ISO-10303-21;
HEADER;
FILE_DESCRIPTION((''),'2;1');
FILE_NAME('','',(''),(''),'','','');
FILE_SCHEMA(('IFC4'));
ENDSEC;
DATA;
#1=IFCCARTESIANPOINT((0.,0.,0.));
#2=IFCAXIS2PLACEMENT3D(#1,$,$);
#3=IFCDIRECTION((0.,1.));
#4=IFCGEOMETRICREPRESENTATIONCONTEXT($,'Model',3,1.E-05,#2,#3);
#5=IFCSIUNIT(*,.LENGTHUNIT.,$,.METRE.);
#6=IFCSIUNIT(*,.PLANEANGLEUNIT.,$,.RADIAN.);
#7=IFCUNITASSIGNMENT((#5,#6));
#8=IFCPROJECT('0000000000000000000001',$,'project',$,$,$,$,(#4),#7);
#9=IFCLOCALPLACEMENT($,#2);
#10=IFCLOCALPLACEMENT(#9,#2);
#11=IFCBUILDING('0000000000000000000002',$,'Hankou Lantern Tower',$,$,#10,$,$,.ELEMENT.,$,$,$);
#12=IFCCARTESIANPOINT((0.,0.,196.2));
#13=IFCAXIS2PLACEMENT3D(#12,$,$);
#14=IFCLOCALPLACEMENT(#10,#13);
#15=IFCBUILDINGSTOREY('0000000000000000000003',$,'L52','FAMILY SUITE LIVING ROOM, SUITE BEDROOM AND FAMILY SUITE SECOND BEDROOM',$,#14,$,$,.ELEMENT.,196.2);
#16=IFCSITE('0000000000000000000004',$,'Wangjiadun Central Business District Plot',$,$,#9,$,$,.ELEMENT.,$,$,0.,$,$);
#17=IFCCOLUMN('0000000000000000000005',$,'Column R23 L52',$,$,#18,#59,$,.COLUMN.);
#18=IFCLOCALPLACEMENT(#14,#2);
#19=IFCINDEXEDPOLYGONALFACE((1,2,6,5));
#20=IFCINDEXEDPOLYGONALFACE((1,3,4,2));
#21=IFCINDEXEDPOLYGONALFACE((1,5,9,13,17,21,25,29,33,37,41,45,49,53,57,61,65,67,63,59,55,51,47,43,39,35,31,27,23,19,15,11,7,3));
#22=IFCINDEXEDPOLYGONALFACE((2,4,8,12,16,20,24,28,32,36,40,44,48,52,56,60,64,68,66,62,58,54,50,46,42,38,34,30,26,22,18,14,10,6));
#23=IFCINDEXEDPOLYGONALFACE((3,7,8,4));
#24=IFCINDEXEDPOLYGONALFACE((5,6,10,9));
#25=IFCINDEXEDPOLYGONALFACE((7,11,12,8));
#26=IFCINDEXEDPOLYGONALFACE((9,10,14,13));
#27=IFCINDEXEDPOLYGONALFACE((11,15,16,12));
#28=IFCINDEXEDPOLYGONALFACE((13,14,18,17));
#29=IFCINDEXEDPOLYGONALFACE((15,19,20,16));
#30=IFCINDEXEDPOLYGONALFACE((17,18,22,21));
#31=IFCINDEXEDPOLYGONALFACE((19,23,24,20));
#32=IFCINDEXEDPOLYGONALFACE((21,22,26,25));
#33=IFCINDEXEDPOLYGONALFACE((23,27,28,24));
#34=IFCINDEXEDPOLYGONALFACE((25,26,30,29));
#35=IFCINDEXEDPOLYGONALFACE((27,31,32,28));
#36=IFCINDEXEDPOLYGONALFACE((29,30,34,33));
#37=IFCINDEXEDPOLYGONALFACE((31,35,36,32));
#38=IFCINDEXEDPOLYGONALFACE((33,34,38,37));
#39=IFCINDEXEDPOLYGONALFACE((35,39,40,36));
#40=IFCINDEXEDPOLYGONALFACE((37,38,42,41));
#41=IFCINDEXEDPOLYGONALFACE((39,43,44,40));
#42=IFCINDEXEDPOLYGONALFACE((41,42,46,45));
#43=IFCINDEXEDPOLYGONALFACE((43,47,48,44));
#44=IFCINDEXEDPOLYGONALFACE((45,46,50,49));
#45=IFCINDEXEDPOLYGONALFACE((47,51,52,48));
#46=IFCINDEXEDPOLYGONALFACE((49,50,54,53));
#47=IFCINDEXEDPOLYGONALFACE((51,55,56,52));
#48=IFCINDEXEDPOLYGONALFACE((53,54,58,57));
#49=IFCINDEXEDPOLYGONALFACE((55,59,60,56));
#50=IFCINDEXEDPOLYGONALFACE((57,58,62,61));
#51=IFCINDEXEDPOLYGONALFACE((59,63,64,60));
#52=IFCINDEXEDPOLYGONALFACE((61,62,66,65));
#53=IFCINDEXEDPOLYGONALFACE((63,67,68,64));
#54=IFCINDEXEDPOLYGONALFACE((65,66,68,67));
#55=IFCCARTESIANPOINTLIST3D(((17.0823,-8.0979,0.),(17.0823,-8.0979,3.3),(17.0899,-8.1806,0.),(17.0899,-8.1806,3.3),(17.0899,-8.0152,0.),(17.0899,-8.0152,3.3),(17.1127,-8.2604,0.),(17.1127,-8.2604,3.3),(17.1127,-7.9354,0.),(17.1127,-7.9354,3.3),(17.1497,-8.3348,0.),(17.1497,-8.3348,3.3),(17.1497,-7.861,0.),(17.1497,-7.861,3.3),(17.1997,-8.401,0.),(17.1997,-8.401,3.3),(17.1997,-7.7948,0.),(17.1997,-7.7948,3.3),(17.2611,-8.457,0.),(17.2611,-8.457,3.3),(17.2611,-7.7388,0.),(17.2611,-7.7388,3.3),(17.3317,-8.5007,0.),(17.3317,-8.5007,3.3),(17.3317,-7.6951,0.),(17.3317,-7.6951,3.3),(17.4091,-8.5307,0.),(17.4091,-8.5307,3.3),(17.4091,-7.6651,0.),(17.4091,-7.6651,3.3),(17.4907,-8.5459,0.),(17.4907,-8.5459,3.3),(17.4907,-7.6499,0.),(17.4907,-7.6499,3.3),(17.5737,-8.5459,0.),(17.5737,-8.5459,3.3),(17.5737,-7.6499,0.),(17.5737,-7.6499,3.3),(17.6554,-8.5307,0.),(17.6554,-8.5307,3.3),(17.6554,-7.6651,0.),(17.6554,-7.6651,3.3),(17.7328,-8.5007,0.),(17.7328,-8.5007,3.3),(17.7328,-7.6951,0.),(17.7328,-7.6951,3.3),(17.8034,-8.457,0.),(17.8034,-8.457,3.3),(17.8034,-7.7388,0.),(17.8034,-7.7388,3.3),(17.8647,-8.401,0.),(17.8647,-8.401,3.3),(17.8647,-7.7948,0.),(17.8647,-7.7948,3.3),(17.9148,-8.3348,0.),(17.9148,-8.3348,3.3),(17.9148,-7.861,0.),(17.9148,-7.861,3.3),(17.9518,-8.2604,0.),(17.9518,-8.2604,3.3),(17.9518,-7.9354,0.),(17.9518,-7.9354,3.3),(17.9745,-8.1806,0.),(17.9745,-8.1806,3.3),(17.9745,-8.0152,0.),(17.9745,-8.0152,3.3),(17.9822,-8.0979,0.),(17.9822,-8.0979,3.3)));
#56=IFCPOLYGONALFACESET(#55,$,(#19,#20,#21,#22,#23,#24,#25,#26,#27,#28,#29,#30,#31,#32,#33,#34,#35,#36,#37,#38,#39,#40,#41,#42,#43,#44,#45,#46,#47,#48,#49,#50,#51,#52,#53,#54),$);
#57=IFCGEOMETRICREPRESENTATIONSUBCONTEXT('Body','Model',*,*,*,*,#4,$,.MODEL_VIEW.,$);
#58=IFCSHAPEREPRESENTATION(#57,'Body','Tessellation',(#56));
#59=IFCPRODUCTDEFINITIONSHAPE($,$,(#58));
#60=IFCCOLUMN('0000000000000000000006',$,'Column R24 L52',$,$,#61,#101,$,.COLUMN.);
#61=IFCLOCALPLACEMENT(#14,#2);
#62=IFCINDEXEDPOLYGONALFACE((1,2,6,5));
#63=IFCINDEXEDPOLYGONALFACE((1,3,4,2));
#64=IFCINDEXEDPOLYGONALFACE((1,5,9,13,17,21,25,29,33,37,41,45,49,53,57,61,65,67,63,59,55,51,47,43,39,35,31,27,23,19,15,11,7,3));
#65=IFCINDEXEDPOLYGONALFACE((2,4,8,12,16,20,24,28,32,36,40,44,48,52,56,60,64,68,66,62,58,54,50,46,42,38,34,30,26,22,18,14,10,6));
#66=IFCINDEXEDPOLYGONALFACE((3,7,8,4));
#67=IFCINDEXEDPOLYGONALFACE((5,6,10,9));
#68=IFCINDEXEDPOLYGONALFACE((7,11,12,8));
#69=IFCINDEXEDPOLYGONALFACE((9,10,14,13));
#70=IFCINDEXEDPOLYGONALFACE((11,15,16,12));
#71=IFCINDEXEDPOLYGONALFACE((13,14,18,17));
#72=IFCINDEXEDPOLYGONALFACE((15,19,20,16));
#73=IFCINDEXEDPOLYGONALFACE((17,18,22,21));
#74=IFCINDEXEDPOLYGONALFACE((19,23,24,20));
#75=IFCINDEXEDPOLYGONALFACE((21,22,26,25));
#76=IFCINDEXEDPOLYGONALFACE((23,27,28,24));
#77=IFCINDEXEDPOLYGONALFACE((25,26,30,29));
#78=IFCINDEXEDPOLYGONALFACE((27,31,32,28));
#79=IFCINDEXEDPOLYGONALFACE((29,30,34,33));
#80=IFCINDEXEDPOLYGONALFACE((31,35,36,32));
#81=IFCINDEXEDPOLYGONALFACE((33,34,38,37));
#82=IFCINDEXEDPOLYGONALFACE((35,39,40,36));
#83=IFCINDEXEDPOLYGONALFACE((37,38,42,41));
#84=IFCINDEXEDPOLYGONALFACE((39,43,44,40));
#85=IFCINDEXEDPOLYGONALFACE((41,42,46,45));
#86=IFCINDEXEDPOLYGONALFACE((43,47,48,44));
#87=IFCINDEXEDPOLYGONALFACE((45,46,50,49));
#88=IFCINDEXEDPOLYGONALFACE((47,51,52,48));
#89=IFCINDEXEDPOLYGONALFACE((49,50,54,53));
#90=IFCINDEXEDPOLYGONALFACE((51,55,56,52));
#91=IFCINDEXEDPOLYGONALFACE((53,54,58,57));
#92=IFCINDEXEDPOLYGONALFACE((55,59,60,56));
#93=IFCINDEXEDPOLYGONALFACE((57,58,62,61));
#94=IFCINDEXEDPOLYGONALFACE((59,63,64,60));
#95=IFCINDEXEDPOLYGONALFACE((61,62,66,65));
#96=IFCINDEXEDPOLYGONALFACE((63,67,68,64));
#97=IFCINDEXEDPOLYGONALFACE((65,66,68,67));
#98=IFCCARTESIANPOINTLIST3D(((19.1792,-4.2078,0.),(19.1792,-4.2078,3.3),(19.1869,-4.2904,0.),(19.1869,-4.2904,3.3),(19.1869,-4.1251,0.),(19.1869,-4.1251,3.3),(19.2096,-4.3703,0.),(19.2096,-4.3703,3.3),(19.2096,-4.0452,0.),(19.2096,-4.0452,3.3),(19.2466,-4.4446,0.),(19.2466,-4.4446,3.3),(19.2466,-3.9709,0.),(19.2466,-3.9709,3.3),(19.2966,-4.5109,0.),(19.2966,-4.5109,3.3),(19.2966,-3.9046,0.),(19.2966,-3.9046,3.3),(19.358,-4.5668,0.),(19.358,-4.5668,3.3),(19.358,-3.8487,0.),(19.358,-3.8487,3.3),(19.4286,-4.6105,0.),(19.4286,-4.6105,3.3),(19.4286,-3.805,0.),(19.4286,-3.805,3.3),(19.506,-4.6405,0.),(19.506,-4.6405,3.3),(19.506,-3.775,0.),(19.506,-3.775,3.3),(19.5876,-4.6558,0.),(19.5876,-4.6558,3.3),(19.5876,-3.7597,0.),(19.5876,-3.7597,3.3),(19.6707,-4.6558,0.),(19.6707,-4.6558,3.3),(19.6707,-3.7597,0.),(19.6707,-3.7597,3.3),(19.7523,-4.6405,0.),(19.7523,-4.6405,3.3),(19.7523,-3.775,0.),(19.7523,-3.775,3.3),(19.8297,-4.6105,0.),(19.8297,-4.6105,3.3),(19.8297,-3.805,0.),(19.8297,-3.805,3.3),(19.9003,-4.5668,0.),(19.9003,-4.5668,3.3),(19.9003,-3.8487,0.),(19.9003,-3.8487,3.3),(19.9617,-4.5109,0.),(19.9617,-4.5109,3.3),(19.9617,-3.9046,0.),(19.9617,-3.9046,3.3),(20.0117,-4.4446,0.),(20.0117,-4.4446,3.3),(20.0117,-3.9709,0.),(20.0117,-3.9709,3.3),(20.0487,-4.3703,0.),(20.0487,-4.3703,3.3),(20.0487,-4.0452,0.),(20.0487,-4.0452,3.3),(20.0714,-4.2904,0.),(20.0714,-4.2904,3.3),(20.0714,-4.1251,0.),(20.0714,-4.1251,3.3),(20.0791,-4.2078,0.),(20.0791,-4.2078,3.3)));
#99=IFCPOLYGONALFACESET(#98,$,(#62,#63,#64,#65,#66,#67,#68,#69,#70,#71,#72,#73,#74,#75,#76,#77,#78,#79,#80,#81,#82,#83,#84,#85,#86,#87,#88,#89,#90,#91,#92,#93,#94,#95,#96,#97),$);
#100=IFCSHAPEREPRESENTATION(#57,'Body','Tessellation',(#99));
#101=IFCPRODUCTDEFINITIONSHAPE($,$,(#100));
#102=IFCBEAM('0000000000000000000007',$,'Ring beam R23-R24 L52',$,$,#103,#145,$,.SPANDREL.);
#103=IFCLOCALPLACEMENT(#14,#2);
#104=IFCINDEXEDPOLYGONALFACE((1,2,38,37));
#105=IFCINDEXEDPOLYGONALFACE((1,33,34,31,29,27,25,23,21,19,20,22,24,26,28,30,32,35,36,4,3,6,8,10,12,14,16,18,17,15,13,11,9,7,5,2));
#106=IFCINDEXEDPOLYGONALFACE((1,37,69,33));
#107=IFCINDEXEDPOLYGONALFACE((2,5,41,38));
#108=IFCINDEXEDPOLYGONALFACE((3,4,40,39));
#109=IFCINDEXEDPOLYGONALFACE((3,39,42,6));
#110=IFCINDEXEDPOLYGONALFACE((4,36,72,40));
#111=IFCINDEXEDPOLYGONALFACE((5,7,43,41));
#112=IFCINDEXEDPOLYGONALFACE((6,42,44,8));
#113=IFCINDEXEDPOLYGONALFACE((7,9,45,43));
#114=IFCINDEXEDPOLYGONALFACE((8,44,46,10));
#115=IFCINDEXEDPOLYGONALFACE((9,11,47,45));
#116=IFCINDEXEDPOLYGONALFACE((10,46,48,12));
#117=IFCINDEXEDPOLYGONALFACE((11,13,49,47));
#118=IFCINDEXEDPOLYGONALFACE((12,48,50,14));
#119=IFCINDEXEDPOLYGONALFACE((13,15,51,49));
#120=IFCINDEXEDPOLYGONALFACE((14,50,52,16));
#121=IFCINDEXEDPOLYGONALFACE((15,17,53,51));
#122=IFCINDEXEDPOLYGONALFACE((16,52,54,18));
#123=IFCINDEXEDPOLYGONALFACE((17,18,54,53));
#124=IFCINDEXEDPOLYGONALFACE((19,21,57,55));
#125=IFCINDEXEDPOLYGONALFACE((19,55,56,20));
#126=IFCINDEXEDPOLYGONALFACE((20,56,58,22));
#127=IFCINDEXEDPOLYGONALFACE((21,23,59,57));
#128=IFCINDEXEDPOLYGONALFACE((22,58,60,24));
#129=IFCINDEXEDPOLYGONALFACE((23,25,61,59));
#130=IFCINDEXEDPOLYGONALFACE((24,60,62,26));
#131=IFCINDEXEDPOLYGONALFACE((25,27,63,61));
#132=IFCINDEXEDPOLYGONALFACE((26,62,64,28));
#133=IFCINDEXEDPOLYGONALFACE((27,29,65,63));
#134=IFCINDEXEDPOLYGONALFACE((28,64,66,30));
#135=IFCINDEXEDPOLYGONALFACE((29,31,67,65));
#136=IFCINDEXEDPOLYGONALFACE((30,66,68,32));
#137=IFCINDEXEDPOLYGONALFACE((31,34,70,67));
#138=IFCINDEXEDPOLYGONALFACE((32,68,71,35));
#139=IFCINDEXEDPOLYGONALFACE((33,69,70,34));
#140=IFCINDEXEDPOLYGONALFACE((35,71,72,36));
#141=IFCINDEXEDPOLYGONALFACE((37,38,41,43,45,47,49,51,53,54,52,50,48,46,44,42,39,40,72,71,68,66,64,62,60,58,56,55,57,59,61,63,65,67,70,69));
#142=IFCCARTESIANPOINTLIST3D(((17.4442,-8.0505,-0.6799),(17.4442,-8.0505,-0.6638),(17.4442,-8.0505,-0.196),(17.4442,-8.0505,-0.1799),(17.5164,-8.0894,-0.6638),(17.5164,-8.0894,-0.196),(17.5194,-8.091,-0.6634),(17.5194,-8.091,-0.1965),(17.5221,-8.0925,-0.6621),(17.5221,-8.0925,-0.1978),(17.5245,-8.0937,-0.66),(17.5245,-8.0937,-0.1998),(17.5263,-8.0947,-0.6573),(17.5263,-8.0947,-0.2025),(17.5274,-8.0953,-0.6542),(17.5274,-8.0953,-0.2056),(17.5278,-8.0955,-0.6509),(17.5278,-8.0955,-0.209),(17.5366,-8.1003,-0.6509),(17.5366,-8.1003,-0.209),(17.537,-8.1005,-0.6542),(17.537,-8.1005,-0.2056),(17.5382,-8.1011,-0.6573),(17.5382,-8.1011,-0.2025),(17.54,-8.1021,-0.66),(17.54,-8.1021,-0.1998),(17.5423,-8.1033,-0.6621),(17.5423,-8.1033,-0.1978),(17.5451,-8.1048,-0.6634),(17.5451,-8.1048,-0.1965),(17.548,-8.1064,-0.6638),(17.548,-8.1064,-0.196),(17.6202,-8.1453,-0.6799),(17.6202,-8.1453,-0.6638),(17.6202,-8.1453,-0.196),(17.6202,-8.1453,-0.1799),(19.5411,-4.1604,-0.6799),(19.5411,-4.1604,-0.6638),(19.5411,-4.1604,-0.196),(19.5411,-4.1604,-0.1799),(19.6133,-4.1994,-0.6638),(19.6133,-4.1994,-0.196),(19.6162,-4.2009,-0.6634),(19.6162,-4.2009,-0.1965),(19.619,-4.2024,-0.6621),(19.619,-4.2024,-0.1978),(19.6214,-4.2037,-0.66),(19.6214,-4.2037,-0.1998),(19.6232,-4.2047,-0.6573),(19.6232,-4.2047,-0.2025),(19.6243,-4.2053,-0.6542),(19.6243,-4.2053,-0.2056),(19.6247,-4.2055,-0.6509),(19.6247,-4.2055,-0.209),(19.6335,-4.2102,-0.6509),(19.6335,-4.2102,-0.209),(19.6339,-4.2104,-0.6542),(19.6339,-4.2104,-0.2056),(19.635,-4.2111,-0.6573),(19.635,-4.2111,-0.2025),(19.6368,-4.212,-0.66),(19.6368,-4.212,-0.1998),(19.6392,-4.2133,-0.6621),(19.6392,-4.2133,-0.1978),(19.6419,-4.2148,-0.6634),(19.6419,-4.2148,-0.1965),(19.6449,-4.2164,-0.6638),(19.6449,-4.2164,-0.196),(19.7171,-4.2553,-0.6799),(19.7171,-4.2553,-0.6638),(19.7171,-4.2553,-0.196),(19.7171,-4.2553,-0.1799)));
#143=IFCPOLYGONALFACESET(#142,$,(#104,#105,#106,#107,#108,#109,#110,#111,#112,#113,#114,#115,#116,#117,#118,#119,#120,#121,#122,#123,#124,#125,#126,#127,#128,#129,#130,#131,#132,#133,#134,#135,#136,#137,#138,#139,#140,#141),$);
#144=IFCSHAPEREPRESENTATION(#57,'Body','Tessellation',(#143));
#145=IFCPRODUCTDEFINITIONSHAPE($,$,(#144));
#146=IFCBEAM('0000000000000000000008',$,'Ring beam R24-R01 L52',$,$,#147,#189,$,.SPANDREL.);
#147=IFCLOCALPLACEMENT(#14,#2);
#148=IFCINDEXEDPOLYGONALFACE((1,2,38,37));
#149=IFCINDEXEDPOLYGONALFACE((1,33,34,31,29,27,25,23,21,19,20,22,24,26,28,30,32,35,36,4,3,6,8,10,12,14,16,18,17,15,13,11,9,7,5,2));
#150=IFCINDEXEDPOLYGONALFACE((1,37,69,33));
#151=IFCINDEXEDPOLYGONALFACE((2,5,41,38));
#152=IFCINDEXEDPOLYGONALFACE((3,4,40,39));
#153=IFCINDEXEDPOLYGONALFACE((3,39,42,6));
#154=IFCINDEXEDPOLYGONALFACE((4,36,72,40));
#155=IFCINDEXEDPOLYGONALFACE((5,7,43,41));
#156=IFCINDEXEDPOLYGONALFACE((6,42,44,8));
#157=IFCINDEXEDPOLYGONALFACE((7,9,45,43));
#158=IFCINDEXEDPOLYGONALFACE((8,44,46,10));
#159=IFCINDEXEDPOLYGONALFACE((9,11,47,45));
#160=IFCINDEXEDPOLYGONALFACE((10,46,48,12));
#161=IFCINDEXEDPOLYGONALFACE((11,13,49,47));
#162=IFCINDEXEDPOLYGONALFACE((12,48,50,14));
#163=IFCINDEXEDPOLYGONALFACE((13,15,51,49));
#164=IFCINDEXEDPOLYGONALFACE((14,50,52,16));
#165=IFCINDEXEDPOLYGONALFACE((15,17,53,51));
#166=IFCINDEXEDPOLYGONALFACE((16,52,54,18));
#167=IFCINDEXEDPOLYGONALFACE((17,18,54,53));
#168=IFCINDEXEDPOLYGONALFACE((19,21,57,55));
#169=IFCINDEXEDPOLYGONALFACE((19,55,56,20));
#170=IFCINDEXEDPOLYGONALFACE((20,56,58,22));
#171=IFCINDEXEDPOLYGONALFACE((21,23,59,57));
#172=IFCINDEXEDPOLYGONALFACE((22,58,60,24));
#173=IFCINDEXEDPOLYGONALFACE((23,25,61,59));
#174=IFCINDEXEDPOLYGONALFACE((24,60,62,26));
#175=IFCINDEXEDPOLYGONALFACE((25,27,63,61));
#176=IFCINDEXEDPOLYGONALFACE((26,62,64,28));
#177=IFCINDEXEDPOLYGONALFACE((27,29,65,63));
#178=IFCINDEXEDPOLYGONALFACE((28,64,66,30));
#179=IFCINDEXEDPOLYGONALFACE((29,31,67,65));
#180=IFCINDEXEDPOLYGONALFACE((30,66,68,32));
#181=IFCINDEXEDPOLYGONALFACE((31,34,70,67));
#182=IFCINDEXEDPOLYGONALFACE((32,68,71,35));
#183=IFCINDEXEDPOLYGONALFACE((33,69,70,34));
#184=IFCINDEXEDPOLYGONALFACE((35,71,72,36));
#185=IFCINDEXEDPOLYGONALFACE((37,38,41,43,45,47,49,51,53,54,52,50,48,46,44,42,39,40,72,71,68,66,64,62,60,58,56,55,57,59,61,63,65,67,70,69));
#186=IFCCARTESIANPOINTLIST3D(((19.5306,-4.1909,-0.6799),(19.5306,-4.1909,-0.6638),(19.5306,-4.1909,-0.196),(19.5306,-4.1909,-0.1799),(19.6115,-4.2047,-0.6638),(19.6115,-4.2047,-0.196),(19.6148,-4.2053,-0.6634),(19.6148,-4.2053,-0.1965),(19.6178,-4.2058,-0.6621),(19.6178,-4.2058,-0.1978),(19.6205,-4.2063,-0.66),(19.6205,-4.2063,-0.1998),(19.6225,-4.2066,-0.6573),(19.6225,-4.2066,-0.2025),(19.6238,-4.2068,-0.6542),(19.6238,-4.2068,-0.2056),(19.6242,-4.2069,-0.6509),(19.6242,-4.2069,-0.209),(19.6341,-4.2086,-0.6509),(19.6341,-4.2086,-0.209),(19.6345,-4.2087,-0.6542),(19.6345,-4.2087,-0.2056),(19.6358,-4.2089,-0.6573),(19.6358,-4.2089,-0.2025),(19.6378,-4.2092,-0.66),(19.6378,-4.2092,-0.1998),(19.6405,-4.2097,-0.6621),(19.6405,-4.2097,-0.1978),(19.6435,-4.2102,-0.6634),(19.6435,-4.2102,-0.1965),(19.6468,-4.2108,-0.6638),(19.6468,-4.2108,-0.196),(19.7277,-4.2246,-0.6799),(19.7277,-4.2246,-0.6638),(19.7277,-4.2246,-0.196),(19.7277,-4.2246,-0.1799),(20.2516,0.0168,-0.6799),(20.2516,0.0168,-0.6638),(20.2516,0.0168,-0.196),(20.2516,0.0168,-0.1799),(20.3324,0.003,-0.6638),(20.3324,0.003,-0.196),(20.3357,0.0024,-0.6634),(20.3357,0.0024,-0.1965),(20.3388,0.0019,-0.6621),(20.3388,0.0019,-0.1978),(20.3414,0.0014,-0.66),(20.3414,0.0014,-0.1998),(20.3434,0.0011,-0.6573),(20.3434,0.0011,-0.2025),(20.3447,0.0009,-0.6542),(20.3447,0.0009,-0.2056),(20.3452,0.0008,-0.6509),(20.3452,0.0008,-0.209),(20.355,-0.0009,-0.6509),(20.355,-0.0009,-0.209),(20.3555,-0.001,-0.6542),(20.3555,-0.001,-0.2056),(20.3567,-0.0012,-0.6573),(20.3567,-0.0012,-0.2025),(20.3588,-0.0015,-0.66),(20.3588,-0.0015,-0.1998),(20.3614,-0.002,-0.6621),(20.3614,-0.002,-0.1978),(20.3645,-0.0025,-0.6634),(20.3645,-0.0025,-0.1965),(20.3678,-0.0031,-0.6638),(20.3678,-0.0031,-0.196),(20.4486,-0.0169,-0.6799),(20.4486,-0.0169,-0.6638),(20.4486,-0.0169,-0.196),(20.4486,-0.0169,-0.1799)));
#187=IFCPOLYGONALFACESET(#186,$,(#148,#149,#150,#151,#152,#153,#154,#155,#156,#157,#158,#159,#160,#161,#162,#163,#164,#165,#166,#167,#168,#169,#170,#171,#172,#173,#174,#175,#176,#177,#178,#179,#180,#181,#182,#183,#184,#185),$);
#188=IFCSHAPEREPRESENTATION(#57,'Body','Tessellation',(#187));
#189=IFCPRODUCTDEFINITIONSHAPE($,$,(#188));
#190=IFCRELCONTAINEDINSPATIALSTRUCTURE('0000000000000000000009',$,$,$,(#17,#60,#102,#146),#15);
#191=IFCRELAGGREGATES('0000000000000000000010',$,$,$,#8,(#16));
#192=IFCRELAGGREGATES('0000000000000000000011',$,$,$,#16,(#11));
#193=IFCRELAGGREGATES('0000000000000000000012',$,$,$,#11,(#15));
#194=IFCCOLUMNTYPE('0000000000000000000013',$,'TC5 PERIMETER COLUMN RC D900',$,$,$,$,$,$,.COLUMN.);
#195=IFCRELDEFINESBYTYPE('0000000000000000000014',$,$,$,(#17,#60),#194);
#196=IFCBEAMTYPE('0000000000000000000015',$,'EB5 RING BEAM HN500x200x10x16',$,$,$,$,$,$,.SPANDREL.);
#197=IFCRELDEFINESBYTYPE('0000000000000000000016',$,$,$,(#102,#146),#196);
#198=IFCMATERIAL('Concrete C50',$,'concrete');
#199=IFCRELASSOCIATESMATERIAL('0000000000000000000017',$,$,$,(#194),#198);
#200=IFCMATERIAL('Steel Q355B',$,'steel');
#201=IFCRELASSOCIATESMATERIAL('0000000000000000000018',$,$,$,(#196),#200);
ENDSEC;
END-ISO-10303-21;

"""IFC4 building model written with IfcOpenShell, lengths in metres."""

from ifc_helpers import new_model, si_unit, direction, frame, origin, origin_2d, place, context, subcontext, project, spatial, circle, i_section, extrude, material, material_profile, profile_set, type_object, element, save


model = new_model("IFC4")

# Units and contexts
model_context = context("Model", 3, precision=1e-05, world=origin(), true_north=direction((0.0, 1.0)))
body_context = subcontext(model_context, "Body", "Model", "MODEL_VIEW")
ifc_project = project(units=[si_unit("LENGTHUNIT", "METRE"), si_unit("PLANEANGLEUNIT", "RADIAN")], contexts=[model_context])

# Site, building, storey
site_placement = place(None, origin())
site = spatial("IfcSite", under=ifc_project, at=site_placement, Name="Wangjiadun Central Business District Plot", CompositionType="ELEMENT", RefElevation=0.0)
building_placement = place(site_placement, origin())
building = spatial("IfcBuilding", under=site, at=building_placement, Name="Hankou Lantern Tower", CompositionType="ELEMENT")
storey_placement = place(building_placement, frame((0.0, 0.0, 196.2)))
storey = spatial("IfcBuildingStorey", under=building, at=storey_placement, Name="L52", Description="FAMILY SUITE LIVING ROOM, SUITE BEDROOM AND FAMILY SUITE SECOND BEDROOM", CompositionType="ELEMENT", Elevation=196.2)

# Columns
ifc_material_1 = material(Name="Concrete C50", Category="concrete")
ifc_material_profile_1 = material_profile(ifc_material_1, circle(Radius=0.45, at=origin_2d()), Name="RC D900")
ifc_profile_set_1 = profile_set([ifc_material_profile_1], Name="Concrete C50")
column_type = type_object("IfcColumnType", Name="TC5 PERIMETER COLUMN RC D900", PredefinedType="COLUMN", material=ifc_profile_set_1)
for number, where, z_axis, x_axis, name in (
    (1, (17.5322, -8.0979, 0.0), (0.0, 0.0, 1.0), (1.0, 0.0, 0.0), "Column R23 L52"),
    (2, (19.6292, -4.2078, 0.0), (0.0, 0.0, 1.0), (1.0, 0.0, 0.0), "Column R24 L52"),
):
    element("IfcColumn", number, at=place(storey_placement, frame(where, z_axis=z_axis, x_axis=x_axis)), inside=storey, type_object=column_type, Name=name, PredefinedType="COLUMN", context=body_context, shape_type="SweptSolid", body=[
        extrude(circle(Radius=0.45, at=origin_2d()), origin(), (0.0, 0.0, 1.0), 3.3),
    ])

# Beams
ifc_material_2 = material(Name="Steel Q355B", Category="steel")
ifc_material_profile_2 = material_profile(ifc_material_2, i_section(OverallWidth=0.2, OverallDepth=0.5, WebThickness=0.01, FlangeThickness=0.0161, FilletRadius=0.0129, at=origin_2d()), Name="HN500x200x10x16")
ifc_profile_set_2 = profile_set([ifc_material_profile_2], Name="Steel Q355B")
beam_type_1 = type_object("IfcBeamType", Name="EB5 RING BEAM HN500x200x10x16", PredefinedType="SPANDREL", material=ifc_profile_set_2)
beam_1_placement = place(storey_placement, frame((17.5322, -8.0979, -0.4299), z_axis=(0.474492, 0.88026, 0.0), x_axis=(-0.88026, 0.474492, 0.0)))
element("IfcBeam", 3, at=beam_1_placement, inside=storey, type_object=beam_type_1, Name="Ring beam R23-R24 L52", PredefinedType="SPANDREL", context=body_context, shape_type="SweptSolid", body=[
    extrude(i_section(OverallWidth=0.2, OverallDepth=0.5, WebThickness=0.01, FlangeThickness=0.0161, FilletRadius=0.0129, at=origin_2d()), origin(), (0.0, 0.0, 1.0), 4.4192),
])
beam_2_placement = place(storey_placement, frame((19.6292, -4.2078, -0.4299), z_axis=(0.168877, 0.985637, 0.0), x_axis=(-0.985637, 0.168877, 0.0)))
element("IfcBeam", 4, at=beam_2_placement, inside=storey, type_object=beam_type_1, Name="Ring beam R24-R01 L52", PredefinedType="SPANDREL", context=body_context, shape_type="SweptSolid", body=[
    extrude(i_section(OverallWidth=0.2, OverallDepth=0.5, WebThickness=0.01, FlangeThickness=0.0161, FilletRadius=0.0129, at=origin_2d()), origin(), (0.0, 0.0, 1.0), 4.269),
])

save(model, "model.ifc")
